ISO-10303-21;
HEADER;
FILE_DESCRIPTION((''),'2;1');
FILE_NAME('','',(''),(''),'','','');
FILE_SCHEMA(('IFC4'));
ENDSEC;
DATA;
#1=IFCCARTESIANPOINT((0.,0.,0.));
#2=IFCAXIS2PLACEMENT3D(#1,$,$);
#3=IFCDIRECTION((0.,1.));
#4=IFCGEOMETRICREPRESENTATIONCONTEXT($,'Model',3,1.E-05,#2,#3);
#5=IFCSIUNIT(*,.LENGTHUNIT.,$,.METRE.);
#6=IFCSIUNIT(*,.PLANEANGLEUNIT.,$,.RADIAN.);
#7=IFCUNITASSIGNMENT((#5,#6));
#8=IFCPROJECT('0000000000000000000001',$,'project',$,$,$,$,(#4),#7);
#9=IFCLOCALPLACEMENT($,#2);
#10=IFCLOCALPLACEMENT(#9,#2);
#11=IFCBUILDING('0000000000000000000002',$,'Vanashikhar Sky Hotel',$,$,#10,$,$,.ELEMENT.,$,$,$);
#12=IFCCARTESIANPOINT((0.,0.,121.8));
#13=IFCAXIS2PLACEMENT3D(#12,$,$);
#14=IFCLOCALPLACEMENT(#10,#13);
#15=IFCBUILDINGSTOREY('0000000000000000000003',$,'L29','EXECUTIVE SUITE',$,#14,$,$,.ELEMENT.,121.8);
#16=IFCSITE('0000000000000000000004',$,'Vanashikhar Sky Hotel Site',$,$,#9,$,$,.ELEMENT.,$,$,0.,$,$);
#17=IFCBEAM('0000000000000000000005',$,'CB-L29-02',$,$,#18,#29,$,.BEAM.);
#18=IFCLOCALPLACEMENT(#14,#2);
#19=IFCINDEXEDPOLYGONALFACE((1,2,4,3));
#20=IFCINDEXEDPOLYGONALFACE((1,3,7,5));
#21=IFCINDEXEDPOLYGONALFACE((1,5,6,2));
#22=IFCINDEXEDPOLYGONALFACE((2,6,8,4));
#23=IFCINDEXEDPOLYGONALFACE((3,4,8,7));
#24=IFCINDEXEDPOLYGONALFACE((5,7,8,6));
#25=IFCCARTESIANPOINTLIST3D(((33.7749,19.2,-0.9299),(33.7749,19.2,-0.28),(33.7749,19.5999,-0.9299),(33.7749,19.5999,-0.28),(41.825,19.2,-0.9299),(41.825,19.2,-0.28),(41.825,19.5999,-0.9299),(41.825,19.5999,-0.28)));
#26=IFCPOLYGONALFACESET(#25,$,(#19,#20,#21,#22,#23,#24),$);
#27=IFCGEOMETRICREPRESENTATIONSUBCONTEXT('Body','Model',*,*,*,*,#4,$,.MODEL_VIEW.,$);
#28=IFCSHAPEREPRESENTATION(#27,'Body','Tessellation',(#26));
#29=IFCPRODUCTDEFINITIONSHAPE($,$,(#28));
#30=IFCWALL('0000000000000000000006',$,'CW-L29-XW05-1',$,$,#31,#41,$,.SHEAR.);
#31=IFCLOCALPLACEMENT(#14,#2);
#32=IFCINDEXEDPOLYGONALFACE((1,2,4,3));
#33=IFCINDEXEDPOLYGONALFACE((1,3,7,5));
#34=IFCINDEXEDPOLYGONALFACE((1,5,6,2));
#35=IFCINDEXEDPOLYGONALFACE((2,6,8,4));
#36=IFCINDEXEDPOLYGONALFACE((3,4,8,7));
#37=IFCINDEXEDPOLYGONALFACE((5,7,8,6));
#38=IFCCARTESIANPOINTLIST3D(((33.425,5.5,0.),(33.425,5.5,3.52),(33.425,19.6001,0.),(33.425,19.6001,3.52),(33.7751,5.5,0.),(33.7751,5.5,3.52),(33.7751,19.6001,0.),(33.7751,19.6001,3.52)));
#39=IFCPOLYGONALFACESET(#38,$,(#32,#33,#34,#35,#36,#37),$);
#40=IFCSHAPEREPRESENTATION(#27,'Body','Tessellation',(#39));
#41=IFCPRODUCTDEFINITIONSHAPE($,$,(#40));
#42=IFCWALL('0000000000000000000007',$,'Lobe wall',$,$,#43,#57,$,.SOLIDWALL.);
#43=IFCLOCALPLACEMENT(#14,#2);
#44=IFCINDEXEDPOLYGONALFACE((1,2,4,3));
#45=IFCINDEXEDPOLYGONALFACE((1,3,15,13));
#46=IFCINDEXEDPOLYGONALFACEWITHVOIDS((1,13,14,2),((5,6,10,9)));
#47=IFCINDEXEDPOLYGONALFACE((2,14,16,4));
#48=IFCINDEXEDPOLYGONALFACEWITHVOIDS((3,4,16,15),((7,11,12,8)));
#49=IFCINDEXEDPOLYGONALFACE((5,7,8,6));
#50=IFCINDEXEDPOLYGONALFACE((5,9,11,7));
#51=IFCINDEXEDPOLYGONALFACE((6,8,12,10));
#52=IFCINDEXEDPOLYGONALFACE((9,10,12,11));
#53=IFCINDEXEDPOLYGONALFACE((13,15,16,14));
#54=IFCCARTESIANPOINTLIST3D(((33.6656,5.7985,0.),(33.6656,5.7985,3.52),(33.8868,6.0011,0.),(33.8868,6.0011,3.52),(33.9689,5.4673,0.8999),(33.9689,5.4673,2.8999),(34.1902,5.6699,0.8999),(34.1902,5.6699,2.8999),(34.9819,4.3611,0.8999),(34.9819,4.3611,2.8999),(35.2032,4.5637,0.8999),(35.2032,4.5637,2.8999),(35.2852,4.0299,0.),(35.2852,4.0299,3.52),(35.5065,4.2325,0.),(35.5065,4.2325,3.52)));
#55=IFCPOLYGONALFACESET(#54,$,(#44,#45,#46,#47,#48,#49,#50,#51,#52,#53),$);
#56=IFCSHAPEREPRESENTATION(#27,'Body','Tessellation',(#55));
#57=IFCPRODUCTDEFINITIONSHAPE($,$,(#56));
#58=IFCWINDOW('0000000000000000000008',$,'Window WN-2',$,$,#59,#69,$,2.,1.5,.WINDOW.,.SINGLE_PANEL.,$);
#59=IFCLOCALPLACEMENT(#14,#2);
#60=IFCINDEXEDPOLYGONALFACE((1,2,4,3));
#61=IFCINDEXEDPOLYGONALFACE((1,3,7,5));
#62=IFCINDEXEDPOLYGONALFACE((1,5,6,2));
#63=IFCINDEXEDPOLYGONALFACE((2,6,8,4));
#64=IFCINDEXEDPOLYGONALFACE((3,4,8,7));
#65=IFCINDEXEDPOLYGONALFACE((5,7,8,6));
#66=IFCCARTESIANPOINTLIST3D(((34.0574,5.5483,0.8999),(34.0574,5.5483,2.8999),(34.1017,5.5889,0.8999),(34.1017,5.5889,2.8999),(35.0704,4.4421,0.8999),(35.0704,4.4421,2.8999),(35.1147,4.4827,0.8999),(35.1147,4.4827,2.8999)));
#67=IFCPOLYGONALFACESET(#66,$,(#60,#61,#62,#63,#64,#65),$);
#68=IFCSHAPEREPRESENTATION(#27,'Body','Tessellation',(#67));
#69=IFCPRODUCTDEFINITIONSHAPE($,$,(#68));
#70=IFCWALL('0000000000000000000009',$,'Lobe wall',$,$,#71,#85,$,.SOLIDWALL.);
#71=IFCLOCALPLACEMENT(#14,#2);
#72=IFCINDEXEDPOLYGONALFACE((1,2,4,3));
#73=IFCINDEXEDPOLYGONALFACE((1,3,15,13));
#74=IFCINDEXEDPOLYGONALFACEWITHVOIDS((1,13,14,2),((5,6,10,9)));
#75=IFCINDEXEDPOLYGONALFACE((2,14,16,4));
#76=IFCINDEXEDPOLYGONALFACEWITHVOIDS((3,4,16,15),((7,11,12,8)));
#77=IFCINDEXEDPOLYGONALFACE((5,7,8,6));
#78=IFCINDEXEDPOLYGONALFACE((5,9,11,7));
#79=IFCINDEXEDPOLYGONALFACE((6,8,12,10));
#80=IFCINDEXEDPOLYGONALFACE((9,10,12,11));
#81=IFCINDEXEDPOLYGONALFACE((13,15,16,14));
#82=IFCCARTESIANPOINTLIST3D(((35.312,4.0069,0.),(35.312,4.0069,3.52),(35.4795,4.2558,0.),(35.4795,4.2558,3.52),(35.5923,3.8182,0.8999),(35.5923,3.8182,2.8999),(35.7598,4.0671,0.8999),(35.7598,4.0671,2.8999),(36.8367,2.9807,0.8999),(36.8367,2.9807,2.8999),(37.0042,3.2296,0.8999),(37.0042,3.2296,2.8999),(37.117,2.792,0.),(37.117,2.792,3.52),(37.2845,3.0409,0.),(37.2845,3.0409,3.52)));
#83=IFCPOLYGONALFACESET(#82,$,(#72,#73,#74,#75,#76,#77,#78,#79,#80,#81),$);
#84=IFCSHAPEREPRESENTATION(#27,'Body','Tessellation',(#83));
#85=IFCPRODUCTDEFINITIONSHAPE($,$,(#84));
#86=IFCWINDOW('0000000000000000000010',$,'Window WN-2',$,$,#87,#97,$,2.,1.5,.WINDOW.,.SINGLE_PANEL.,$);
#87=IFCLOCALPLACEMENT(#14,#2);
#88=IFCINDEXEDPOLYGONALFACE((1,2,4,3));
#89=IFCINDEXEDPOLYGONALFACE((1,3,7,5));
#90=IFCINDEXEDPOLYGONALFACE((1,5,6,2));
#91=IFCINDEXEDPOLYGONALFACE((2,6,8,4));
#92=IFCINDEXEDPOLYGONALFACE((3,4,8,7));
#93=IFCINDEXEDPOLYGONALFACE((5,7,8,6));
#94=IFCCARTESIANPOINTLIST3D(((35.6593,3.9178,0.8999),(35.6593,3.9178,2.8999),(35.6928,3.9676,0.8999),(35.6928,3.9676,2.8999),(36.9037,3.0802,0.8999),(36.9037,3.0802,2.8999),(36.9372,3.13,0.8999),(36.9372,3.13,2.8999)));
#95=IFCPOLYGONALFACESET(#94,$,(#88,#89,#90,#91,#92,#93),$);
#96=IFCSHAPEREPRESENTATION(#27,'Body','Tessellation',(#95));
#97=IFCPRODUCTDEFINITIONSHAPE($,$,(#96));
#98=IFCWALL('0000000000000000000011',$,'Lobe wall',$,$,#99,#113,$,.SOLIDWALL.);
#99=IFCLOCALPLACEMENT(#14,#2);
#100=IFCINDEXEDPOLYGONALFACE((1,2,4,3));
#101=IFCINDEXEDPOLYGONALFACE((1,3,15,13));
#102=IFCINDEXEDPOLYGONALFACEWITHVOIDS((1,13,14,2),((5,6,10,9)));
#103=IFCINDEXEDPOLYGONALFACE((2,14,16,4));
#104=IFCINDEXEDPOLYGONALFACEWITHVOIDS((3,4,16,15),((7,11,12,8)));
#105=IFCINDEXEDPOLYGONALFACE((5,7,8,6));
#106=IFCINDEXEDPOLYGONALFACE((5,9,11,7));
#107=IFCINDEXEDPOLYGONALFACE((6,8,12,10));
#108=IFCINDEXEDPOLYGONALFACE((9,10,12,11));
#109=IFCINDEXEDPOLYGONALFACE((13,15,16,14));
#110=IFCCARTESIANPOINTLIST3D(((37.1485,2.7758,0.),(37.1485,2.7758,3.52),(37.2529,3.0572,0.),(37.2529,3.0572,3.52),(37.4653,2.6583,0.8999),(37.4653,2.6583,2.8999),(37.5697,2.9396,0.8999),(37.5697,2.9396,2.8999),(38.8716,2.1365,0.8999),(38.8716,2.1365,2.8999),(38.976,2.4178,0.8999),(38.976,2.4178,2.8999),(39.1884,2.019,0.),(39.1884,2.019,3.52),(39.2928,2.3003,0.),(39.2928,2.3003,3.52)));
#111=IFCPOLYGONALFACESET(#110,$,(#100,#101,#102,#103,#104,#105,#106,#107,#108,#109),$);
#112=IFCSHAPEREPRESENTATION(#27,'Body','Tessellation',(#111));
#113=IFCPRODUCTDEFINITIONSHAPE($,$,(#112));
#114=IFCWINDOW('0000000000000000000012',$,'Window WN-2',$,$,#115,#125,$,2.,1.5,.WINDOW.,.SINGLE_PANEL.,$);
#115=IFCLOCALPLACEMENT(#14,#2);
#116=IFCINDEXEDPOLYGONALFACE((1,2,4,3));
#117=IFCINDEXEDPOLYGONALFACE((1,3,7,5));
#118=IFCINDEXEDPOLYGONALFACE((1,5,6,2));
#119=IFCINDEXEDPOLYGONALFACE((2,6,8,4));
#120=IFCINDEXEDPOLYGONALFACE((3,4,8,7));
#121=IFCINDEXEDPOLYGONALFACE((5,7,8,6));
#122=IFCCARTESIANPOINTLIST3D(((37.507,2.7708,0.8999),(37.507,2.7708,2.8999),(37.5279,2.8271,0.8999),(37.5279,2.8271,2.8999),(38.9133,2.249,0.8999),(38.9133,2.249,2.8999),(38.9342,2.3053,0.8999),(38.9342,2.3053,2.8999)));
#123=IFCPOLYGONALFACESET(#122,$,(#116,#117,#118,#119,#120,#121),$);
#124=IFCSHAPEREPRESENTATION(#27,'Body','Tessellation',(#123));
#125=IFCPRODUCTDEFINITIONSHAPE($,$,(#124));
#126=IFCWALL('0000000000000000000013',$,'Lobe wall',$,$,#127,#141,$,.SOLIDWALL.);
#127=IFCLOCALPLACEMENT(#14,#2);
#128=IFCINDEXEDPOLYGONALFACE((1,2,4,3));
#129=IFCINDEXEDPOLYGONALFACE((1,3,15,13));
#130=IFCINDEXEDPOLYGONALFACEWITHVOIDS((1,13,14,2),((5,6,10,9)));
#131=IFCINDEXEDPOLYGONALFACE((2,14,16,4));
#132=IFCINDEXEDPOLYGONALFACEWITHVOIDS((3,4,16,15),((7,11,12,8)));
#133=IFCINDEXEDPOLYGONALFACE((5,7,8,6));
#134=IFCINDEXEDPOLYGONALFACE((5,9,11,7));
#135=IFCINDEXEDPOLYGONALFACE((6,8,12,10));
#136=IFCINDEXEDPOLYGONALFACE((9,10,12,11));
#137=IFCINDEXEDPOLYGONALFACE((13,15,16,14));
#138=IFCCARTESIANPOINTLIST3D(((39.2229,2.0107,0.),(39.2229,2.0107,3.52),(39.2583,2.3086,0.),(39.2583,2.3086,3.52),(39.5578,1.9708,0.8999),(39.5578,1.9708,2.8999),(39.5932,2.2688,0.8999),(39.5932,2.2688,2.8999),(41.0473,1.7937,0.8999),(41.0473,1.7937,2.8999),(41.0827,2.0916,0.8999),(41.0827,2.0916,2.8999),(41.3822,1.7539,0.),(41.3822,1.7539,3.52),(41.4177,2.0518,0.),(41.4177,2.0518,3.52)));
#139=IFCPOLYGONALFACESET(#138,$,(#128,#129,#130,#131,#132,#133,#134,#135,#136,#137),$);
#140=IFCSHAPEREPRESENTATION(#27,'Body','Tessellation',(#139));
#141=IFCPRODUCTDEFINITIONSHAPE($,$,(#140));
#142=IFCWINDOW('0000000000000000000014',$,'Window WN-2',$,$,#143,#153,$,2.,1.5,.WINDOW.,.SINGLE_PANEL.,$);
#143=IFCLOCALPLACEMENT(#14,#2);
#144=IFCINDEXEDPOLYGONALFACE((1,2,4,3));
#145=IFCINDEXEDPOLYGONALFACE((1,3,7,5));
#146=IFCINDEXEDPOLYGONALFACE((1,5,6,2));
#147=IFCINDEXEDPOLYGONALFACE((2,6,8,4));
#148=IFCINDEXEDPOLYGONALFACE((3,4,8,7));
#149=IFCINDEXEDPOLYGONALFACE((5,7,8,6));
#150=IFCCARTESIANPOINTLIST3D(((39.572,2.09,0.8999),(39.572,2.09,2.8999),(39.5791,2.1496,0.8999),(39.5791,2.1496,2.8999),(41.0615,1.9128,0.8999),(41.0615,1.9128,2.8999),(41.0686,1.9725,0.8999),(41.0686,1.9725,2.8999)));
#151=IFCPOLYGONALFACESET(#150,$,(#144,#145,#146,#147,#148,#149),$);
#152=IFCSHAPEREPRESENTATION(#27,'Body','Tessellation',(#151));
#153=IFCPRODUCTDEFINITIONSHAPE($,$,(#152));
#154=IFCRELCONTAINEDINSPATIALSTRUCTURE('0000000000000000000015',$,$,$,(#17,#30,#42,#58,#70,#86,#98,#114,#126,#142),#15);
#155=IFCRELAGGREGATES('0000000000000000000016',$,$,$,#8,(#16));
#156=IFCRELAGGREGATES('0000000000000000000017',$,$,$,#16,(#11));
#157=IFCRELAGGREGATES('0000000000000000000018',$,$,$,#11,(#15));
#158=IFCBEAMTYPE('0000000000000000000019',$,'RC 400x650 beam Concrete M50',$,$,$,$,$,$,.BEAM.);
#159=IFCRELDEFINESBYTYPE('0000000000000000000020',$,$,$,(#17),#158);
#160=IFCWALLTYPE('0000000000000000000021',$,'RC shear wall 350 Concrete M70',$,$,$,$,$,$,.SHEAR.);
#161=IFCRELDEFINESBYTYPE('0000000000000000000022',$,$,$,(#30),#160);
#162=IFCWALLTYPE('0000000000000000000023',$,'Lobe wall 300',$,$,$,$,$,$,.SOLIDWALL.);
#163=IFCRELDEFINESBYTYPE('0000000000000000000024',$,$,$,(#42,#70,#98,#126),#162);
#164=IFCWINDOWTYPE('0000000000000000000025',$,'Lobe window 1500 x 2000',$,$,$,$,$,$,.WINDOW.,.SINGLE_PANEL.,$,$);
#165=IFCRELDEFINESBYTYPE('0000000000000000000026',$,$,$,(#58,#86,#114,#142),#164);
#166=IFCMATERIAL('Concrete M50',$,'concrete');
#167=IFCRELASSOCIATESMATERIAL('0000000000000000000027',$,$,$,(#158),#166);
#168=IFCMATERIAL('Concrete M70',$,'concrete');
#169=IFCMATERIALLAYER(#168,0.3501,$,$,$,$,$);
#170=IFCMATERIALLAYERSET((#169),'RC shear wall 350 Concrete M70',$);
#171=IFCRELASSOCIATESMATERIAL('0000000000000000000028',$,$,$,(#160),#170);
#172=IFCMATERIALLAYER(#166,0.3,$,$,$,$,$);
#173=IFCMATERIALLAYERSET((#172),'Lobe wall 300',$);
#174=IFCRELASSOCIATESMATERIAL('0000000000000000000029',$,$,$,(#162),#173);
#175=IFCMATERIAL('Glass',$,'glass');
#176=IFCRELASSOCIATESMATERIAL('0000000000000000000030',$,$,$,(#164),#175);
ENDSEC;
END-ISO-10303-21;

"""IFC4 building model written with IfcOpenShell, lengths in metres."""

from ifc_helpers import new_model, si_unit, direction, frame, frame_2d, origin, origin_2d, place, context, subcontext, project, spatial, rectangle, extrude, source, transform, mapped, material, layer, layer_set, material_profile, profile_set, type_object, element, fill, save


model = new_model("IFC4")

# Units and contexts
model_context = context("Model", 3, precision=1e-05, world=origin(), true_north=direction((0.0, 1.0)))
body_context = subcontext(model_context, "Body", "Model", "MODEL_VIEW")
ifc_project = project(units=[si_unit("LENGTHUNIT", "METRE"), si_unit("PLANEANGLEUNIT", "RADIAN")], contexts=[model_context])

# Site, building, storey
site_placement = place(None, origin())
site = spatial("IfcSite", under=ifc_project, at=site_placement, Name="Vanashikhar Sky Hotel Site", CompositionType="ELEMENT", RefElevation=0.0)
building_placement = place(site_placement, origin())
building = spatial("IfcBuilding", under=site, at=building_placement, Name="Vanashikhar Sky Hotel", CompositionType="ELEMENT")
storey_placement = place(building_placement, frame((0.0, 0.0, 121.8)))
storey = spatial("IfcBuildingStorey", under=building, at=storey_placement, Name="L29", Description="EXECUTIVE SUITE", CompositionType="ELEMENT", Elevation=121.8)

# Beam
ifc_material_1 = material(Name="Concrete M50", Category="concrete")
ifc_material_profile_1 = material_profile(ifc_material_1, rectangle(XDim=0.3999, YDim=0.6499, at=origin_2d()))
ifc_profile_set_1 = profile_set([ifc_material_profile_1], Name="RC 400x650 beam Concrete M50")
beam_type = type_object("IfcBeamType", Name="RC 400x650 beam Concrete M50", PredefinedType="BEAM", material=ifc_profile_set_1)
shared_shape_1 = source(origin(), body_context, "Body", "SweptSolid", [
    extrude(rectangle(XDim=0.3999, YDim=0.6499, at=origin_2d()), origin(), (0.0, 0.0, 1.0), 8.05),
])
beam_placement = place(storey_placement, frame((33.7749, 19.3999, -0.605), z_axis=(1.0, 0.0, 0.0), x_axis=(0.0, 1.0, 0.0)))
element("IfcBeam", 1, at=beam_placement, inside=storey, type_object=beam_type, Name="CB-L29-02", PredefinedType="BEAM", context=body_context, shape_type="MappedRepresentation", body=[
    mapped(shared_shape_1, transform((0.0, 0.0, 0.0), scale=1.0)),
])

# Wall
ifc_material_2 = material(Name="Concrete M70", Category="concrete")
ifc_layer_1 = layer(ifc_material_2, 0.3501)
ifc_layer_set_1 = layer_set([ifc_layer_1], Name="RC shear wall 350 Concrete M70")
wall_type_1 = type_object("IfcWallType", Name="RC shear wall 350 Concrete M70", PredefinedType="SHEAR", material=ifc_layer_set_1)
shared_shape_2 = source(origin(), body_context, "Body", "SweptSolid", [
    extrude(rectangle(XDim=14.1001, YDim=0.3501, at=frame_2d((7.05, 0.0))), origin(), (0.0, 0.0, 1.0), 3.52),
])
wall_1_placement = place(storey_placement, frame((33.6001, 5.5, 0.0), z_axis=(0.0, 0.0, 1.0), x_axis=(0.0, 1.0, 0.0)))
element("IfcWall", 2, at=wall_1_placement, inside=storey, type_object=wall_type_1, Name="CW-L29-XW05-1", PredefinedType="SHEAR", context=body_context, shape_type="MappedRepresentation", body=[
    mapped(shared_shape_2, transform((0.0, 0.0, 0.0), scale=1.0)),
])

# Walls, openings, windows
ifc_layer_2 = layer(ifc_material_1, 0.3)
ifc_layer_set_2 = layer_set([ifc_layer_2], Name="Lobe wall 300")
wall_type_2 = type_object("IfcWallType", Name="Lobe wall 300", PredefinedType="SOLIDWALL", material=ifc_layer_set_2)
shared_shape_3 = source(origin(), body_context, "Body", "SweptSolid", [
    extrude(rectangle(XDim=2.3982, YDim=0.3, at=frame_2d((1.1992, 0.0))), origin(), (0.0, 0.0, 1.0), 3.52),
])
wall_2_placement = place(storey_placement, frame((33.7761, 5.8999, 0.0), z_axis=(0.0, 0.0, 1.0), x_axis=(0.675374, -0.737475, 0.0)))
wall_2 = element("IfcWall", 3, at=wall_2_placement, inside=storey, type_object=wall_type_2, Name="Lobe wall", PredefinedType="SOLIDWALL", context=body_context, shape_type="MappedRepresentation", body=[
    mapped(shared_shape_3, transform((0.0, 0.0, 0.0), scale=1.0)),
])
shared_shape_4 = source(origin(), body_context, "Body", "SweptSolid", [
    extrude(rectangle(XDim=1.5, YDim=2.0, at=frame_2d((0.75, 1.0))), frame((0.0, 0.1602, 0.0), z_axis=(0.0, -1.0, 0.0), x_axis=(1.0, 0.0, 0.0)), (0.0, 0.0, 1.0), 0.3201),
])
opening_1_placement = place(wall_2_placement, frame((0.4492, 0.0, 0.8999)))
opening_1 = element("IfcOpeningElement", 4, at=opening_1_placement, cuts=wall_2, PredefinedType="OPENING", context=body_context, shape_type="MappedRepresentation", body=[
    mapped(shared_shape_4, transform((0.0, 0.0, 0.0), scale=1.0)),
])
ifc_material_3 = material(Name="Glass", Category="glass")
window_type = type_object("IfcWindowType", Name="Lobe window 1500 x 2000", PartitioningType="SINGLE_PANEL", PredefinedType="WINDOW", material=ifc_material_3)
shared_shape_5 = source(origin(), body_context, "Body", "SweptSolid", [
    extrude(rectangle(XDim=1.5, YDim=2.0, at=frame_2d((0.75, 1.0))), frame((0.0, 0.03, 0.0), z_axis=(0.0, -1.0, 0.0), x_axis=(1.0, 0.0, 0.0)), (0.0, 0.0, 1.0), 0.0601),
])
window_1_placement = place(opening_1_placement, origin())
window_1 = element("IfcWindow", 5, at=window_1_placement, inside=storey, type_object=window_type, Name="Window WN-2", OverallHeight=2.0, OverallWidth=1.5, PartitioningType="SINGLE_PANEL", PredefinedType="WINDOW", context=body_context, shape_type="MappedRepresentation", body=[
    mapped(shared_shape_5, transform((0.0, 0.0, 0.0), scale=1.0)),
])
fill(opening_1, window_1)
shared_shape_6 = source(origin(), body_context, "Body", "SweptSolid", [
    extrude(rectangle(XDim=2.1758, YDim=0.3, at=frame_2d((1.0879, 0.0))), origin(), (0.0, 0.0, 1.0), 3.52),
])
wall_3_placement = place(storey_placement, frame((35.3958, 4.1313, 0.0), z_axis=(0.0, 0.0, 1.0), x_axis=(0.829591, -0.558372, 0.0)))
wall_3 = element("IfcWall", 6, at=wall_3_placement, inside=storey, type_object=wall_type_2, Name="Lobe wall", PredefinedType="SOLIDWALL", context=body_context, shape_type="MappedRepresentation", body=[
    mapped(shared_shape_6, transform((0.0, 0.0, 0.0), scale=1.0)),
])
opening_2_placement = place(wall_3_placement, frame((0.3379, 0.0, 0.8999)))
opening_2 = element("IfcOpeningElement", 7, at=opening_2_placement, cuts=wall_3, PredefinedType="OPENING", context=body_context, shape_type="MappedRepresentation", body=[
    mapped(shared_shape_4, transform((0.0, 0.0, 0.0), scale=1.0)),
])
window_2_placement = place(opening_2_placement, origin())
window_2 = element("IfcWindow", 8, at=window_2_placement, inside=storey, type_object=window_type, Name="Window WN-2", OverallHeight=2.0, OverallWidth=1.5, PartitioningType="SINGLE_PANEL", PredefinedType="WINDOW", context=body_context, shape_type="MappedRepresentation", body=[
    mapped(shared_shape_5, transform((0.0, 0.0, 0.0), scale=1.0)),
])
fill(opening_2, window_2)
wall_4_placement = place(storey_placement, frame((37.2007, 2.9165, 0.0), z_axis=(0.0, 0.0, 1.0), x_axis=(0.937546, -0.347863, 0.0)))
wall_4 = element("IfcWall", 9, at=wall_4_placement, inside=storey, type_object=wall_type_2, Name="Lobe wall", PredefinedType="SOLIDWALL", context=body_context, shape_type="MappedRepresentation", body=[
    mapped(shared_shape_6, transform((0.0, 0.0, 0.0), scale=1.0)),
])
opening_3_placement = place(wall_4_placement, frame((0.3379, 0.0, 0.8999)))
opening_3 = element("IfcOpeningElement", 10, at=opening_3_placement, cuts=wall_4, PredefinedType="OPENING", context=body_context, shape_type="MappedRepresentation", body=[
    mapped(shared_shape_4, transform((0.0, 0.0, 0.0), scale=1.0)),
])
window_3_placement = place(opening_3_placement, origin())
window_3 = element("IfcWindow", 11, at=window_3_placement, inside=storey, type_object=window_type, Name="Window WN-2", OverallHeight=2.0, OverallWidth=1.5, PartitioningType="SINGLE_PANEL", PredefinedType="WINDOW", context=body_context, shape_type="MappedRepresentation", body=[
    mapped(shared_shape_5, transform((0.0, 0.0, 0.0), scale=1.0)),
])
fill(opening_3, window_3)
shared_shape_7 = source(origin(), body_context, "Body", "SweptSolid", [
    extrude(rectangle(XDim=2.1746, YDim=0.3, at=frame_2d((1.0874, 0.0))), origin(), (0.0, 0.0, 1.0), 3.52),
])
wall_5_placement = place(storey_placement, frame((39.2405, 2.1597, 0.0), z_axis=(0.0, 0.0, 1.0), x_axis=(0.993001, -0.118105, 0.0)))
wall_5 = element("IfcWall", 12, at=wall_5_placement, inside=storey, type_object=wall_type_2, Name="Lobe wall", PredefinedType="SOLIDWALL", context=body_context, shape_type="MappedRepresentation", body=[
    mapped(shared_shape_7, transform((0.0, 0.0, 0.0), scale=1.0)),
])
opening_4_placement = place(wall_5_placement, frame((0.3374, 0.0, 0.8999)))
opening_4 = element("IfcOpeningElement", 13, at=opening_4_placement, cuts=wall_5, PredefinedType="OPENING", context=body_context, shape_type="MappedRepresentation", body=[
    mapped(shared_shape_4, transform((0.0, 0.0, 0.0), scale=1.0)),
])
window_4_placement = place(opening_4_placement, origin())
window_4 = element("IfcWindow", 14, at=window_4_placement, inside=storey, type_object=window_type, Name="Window WN-2", OverallHeight=2.0, OverallWidth=1.5, PartitioningType="SINGLE_PANEL", PredefinedType="WINDOW", context=body_context, shape_type="MappedRepresentation", body=[
    mapped(shared_shape_5, transform((0.0, 0.0, 0.0), scale=1.0)),
])
fill(opening_4, window_4)

save(model, "model.ifc")
